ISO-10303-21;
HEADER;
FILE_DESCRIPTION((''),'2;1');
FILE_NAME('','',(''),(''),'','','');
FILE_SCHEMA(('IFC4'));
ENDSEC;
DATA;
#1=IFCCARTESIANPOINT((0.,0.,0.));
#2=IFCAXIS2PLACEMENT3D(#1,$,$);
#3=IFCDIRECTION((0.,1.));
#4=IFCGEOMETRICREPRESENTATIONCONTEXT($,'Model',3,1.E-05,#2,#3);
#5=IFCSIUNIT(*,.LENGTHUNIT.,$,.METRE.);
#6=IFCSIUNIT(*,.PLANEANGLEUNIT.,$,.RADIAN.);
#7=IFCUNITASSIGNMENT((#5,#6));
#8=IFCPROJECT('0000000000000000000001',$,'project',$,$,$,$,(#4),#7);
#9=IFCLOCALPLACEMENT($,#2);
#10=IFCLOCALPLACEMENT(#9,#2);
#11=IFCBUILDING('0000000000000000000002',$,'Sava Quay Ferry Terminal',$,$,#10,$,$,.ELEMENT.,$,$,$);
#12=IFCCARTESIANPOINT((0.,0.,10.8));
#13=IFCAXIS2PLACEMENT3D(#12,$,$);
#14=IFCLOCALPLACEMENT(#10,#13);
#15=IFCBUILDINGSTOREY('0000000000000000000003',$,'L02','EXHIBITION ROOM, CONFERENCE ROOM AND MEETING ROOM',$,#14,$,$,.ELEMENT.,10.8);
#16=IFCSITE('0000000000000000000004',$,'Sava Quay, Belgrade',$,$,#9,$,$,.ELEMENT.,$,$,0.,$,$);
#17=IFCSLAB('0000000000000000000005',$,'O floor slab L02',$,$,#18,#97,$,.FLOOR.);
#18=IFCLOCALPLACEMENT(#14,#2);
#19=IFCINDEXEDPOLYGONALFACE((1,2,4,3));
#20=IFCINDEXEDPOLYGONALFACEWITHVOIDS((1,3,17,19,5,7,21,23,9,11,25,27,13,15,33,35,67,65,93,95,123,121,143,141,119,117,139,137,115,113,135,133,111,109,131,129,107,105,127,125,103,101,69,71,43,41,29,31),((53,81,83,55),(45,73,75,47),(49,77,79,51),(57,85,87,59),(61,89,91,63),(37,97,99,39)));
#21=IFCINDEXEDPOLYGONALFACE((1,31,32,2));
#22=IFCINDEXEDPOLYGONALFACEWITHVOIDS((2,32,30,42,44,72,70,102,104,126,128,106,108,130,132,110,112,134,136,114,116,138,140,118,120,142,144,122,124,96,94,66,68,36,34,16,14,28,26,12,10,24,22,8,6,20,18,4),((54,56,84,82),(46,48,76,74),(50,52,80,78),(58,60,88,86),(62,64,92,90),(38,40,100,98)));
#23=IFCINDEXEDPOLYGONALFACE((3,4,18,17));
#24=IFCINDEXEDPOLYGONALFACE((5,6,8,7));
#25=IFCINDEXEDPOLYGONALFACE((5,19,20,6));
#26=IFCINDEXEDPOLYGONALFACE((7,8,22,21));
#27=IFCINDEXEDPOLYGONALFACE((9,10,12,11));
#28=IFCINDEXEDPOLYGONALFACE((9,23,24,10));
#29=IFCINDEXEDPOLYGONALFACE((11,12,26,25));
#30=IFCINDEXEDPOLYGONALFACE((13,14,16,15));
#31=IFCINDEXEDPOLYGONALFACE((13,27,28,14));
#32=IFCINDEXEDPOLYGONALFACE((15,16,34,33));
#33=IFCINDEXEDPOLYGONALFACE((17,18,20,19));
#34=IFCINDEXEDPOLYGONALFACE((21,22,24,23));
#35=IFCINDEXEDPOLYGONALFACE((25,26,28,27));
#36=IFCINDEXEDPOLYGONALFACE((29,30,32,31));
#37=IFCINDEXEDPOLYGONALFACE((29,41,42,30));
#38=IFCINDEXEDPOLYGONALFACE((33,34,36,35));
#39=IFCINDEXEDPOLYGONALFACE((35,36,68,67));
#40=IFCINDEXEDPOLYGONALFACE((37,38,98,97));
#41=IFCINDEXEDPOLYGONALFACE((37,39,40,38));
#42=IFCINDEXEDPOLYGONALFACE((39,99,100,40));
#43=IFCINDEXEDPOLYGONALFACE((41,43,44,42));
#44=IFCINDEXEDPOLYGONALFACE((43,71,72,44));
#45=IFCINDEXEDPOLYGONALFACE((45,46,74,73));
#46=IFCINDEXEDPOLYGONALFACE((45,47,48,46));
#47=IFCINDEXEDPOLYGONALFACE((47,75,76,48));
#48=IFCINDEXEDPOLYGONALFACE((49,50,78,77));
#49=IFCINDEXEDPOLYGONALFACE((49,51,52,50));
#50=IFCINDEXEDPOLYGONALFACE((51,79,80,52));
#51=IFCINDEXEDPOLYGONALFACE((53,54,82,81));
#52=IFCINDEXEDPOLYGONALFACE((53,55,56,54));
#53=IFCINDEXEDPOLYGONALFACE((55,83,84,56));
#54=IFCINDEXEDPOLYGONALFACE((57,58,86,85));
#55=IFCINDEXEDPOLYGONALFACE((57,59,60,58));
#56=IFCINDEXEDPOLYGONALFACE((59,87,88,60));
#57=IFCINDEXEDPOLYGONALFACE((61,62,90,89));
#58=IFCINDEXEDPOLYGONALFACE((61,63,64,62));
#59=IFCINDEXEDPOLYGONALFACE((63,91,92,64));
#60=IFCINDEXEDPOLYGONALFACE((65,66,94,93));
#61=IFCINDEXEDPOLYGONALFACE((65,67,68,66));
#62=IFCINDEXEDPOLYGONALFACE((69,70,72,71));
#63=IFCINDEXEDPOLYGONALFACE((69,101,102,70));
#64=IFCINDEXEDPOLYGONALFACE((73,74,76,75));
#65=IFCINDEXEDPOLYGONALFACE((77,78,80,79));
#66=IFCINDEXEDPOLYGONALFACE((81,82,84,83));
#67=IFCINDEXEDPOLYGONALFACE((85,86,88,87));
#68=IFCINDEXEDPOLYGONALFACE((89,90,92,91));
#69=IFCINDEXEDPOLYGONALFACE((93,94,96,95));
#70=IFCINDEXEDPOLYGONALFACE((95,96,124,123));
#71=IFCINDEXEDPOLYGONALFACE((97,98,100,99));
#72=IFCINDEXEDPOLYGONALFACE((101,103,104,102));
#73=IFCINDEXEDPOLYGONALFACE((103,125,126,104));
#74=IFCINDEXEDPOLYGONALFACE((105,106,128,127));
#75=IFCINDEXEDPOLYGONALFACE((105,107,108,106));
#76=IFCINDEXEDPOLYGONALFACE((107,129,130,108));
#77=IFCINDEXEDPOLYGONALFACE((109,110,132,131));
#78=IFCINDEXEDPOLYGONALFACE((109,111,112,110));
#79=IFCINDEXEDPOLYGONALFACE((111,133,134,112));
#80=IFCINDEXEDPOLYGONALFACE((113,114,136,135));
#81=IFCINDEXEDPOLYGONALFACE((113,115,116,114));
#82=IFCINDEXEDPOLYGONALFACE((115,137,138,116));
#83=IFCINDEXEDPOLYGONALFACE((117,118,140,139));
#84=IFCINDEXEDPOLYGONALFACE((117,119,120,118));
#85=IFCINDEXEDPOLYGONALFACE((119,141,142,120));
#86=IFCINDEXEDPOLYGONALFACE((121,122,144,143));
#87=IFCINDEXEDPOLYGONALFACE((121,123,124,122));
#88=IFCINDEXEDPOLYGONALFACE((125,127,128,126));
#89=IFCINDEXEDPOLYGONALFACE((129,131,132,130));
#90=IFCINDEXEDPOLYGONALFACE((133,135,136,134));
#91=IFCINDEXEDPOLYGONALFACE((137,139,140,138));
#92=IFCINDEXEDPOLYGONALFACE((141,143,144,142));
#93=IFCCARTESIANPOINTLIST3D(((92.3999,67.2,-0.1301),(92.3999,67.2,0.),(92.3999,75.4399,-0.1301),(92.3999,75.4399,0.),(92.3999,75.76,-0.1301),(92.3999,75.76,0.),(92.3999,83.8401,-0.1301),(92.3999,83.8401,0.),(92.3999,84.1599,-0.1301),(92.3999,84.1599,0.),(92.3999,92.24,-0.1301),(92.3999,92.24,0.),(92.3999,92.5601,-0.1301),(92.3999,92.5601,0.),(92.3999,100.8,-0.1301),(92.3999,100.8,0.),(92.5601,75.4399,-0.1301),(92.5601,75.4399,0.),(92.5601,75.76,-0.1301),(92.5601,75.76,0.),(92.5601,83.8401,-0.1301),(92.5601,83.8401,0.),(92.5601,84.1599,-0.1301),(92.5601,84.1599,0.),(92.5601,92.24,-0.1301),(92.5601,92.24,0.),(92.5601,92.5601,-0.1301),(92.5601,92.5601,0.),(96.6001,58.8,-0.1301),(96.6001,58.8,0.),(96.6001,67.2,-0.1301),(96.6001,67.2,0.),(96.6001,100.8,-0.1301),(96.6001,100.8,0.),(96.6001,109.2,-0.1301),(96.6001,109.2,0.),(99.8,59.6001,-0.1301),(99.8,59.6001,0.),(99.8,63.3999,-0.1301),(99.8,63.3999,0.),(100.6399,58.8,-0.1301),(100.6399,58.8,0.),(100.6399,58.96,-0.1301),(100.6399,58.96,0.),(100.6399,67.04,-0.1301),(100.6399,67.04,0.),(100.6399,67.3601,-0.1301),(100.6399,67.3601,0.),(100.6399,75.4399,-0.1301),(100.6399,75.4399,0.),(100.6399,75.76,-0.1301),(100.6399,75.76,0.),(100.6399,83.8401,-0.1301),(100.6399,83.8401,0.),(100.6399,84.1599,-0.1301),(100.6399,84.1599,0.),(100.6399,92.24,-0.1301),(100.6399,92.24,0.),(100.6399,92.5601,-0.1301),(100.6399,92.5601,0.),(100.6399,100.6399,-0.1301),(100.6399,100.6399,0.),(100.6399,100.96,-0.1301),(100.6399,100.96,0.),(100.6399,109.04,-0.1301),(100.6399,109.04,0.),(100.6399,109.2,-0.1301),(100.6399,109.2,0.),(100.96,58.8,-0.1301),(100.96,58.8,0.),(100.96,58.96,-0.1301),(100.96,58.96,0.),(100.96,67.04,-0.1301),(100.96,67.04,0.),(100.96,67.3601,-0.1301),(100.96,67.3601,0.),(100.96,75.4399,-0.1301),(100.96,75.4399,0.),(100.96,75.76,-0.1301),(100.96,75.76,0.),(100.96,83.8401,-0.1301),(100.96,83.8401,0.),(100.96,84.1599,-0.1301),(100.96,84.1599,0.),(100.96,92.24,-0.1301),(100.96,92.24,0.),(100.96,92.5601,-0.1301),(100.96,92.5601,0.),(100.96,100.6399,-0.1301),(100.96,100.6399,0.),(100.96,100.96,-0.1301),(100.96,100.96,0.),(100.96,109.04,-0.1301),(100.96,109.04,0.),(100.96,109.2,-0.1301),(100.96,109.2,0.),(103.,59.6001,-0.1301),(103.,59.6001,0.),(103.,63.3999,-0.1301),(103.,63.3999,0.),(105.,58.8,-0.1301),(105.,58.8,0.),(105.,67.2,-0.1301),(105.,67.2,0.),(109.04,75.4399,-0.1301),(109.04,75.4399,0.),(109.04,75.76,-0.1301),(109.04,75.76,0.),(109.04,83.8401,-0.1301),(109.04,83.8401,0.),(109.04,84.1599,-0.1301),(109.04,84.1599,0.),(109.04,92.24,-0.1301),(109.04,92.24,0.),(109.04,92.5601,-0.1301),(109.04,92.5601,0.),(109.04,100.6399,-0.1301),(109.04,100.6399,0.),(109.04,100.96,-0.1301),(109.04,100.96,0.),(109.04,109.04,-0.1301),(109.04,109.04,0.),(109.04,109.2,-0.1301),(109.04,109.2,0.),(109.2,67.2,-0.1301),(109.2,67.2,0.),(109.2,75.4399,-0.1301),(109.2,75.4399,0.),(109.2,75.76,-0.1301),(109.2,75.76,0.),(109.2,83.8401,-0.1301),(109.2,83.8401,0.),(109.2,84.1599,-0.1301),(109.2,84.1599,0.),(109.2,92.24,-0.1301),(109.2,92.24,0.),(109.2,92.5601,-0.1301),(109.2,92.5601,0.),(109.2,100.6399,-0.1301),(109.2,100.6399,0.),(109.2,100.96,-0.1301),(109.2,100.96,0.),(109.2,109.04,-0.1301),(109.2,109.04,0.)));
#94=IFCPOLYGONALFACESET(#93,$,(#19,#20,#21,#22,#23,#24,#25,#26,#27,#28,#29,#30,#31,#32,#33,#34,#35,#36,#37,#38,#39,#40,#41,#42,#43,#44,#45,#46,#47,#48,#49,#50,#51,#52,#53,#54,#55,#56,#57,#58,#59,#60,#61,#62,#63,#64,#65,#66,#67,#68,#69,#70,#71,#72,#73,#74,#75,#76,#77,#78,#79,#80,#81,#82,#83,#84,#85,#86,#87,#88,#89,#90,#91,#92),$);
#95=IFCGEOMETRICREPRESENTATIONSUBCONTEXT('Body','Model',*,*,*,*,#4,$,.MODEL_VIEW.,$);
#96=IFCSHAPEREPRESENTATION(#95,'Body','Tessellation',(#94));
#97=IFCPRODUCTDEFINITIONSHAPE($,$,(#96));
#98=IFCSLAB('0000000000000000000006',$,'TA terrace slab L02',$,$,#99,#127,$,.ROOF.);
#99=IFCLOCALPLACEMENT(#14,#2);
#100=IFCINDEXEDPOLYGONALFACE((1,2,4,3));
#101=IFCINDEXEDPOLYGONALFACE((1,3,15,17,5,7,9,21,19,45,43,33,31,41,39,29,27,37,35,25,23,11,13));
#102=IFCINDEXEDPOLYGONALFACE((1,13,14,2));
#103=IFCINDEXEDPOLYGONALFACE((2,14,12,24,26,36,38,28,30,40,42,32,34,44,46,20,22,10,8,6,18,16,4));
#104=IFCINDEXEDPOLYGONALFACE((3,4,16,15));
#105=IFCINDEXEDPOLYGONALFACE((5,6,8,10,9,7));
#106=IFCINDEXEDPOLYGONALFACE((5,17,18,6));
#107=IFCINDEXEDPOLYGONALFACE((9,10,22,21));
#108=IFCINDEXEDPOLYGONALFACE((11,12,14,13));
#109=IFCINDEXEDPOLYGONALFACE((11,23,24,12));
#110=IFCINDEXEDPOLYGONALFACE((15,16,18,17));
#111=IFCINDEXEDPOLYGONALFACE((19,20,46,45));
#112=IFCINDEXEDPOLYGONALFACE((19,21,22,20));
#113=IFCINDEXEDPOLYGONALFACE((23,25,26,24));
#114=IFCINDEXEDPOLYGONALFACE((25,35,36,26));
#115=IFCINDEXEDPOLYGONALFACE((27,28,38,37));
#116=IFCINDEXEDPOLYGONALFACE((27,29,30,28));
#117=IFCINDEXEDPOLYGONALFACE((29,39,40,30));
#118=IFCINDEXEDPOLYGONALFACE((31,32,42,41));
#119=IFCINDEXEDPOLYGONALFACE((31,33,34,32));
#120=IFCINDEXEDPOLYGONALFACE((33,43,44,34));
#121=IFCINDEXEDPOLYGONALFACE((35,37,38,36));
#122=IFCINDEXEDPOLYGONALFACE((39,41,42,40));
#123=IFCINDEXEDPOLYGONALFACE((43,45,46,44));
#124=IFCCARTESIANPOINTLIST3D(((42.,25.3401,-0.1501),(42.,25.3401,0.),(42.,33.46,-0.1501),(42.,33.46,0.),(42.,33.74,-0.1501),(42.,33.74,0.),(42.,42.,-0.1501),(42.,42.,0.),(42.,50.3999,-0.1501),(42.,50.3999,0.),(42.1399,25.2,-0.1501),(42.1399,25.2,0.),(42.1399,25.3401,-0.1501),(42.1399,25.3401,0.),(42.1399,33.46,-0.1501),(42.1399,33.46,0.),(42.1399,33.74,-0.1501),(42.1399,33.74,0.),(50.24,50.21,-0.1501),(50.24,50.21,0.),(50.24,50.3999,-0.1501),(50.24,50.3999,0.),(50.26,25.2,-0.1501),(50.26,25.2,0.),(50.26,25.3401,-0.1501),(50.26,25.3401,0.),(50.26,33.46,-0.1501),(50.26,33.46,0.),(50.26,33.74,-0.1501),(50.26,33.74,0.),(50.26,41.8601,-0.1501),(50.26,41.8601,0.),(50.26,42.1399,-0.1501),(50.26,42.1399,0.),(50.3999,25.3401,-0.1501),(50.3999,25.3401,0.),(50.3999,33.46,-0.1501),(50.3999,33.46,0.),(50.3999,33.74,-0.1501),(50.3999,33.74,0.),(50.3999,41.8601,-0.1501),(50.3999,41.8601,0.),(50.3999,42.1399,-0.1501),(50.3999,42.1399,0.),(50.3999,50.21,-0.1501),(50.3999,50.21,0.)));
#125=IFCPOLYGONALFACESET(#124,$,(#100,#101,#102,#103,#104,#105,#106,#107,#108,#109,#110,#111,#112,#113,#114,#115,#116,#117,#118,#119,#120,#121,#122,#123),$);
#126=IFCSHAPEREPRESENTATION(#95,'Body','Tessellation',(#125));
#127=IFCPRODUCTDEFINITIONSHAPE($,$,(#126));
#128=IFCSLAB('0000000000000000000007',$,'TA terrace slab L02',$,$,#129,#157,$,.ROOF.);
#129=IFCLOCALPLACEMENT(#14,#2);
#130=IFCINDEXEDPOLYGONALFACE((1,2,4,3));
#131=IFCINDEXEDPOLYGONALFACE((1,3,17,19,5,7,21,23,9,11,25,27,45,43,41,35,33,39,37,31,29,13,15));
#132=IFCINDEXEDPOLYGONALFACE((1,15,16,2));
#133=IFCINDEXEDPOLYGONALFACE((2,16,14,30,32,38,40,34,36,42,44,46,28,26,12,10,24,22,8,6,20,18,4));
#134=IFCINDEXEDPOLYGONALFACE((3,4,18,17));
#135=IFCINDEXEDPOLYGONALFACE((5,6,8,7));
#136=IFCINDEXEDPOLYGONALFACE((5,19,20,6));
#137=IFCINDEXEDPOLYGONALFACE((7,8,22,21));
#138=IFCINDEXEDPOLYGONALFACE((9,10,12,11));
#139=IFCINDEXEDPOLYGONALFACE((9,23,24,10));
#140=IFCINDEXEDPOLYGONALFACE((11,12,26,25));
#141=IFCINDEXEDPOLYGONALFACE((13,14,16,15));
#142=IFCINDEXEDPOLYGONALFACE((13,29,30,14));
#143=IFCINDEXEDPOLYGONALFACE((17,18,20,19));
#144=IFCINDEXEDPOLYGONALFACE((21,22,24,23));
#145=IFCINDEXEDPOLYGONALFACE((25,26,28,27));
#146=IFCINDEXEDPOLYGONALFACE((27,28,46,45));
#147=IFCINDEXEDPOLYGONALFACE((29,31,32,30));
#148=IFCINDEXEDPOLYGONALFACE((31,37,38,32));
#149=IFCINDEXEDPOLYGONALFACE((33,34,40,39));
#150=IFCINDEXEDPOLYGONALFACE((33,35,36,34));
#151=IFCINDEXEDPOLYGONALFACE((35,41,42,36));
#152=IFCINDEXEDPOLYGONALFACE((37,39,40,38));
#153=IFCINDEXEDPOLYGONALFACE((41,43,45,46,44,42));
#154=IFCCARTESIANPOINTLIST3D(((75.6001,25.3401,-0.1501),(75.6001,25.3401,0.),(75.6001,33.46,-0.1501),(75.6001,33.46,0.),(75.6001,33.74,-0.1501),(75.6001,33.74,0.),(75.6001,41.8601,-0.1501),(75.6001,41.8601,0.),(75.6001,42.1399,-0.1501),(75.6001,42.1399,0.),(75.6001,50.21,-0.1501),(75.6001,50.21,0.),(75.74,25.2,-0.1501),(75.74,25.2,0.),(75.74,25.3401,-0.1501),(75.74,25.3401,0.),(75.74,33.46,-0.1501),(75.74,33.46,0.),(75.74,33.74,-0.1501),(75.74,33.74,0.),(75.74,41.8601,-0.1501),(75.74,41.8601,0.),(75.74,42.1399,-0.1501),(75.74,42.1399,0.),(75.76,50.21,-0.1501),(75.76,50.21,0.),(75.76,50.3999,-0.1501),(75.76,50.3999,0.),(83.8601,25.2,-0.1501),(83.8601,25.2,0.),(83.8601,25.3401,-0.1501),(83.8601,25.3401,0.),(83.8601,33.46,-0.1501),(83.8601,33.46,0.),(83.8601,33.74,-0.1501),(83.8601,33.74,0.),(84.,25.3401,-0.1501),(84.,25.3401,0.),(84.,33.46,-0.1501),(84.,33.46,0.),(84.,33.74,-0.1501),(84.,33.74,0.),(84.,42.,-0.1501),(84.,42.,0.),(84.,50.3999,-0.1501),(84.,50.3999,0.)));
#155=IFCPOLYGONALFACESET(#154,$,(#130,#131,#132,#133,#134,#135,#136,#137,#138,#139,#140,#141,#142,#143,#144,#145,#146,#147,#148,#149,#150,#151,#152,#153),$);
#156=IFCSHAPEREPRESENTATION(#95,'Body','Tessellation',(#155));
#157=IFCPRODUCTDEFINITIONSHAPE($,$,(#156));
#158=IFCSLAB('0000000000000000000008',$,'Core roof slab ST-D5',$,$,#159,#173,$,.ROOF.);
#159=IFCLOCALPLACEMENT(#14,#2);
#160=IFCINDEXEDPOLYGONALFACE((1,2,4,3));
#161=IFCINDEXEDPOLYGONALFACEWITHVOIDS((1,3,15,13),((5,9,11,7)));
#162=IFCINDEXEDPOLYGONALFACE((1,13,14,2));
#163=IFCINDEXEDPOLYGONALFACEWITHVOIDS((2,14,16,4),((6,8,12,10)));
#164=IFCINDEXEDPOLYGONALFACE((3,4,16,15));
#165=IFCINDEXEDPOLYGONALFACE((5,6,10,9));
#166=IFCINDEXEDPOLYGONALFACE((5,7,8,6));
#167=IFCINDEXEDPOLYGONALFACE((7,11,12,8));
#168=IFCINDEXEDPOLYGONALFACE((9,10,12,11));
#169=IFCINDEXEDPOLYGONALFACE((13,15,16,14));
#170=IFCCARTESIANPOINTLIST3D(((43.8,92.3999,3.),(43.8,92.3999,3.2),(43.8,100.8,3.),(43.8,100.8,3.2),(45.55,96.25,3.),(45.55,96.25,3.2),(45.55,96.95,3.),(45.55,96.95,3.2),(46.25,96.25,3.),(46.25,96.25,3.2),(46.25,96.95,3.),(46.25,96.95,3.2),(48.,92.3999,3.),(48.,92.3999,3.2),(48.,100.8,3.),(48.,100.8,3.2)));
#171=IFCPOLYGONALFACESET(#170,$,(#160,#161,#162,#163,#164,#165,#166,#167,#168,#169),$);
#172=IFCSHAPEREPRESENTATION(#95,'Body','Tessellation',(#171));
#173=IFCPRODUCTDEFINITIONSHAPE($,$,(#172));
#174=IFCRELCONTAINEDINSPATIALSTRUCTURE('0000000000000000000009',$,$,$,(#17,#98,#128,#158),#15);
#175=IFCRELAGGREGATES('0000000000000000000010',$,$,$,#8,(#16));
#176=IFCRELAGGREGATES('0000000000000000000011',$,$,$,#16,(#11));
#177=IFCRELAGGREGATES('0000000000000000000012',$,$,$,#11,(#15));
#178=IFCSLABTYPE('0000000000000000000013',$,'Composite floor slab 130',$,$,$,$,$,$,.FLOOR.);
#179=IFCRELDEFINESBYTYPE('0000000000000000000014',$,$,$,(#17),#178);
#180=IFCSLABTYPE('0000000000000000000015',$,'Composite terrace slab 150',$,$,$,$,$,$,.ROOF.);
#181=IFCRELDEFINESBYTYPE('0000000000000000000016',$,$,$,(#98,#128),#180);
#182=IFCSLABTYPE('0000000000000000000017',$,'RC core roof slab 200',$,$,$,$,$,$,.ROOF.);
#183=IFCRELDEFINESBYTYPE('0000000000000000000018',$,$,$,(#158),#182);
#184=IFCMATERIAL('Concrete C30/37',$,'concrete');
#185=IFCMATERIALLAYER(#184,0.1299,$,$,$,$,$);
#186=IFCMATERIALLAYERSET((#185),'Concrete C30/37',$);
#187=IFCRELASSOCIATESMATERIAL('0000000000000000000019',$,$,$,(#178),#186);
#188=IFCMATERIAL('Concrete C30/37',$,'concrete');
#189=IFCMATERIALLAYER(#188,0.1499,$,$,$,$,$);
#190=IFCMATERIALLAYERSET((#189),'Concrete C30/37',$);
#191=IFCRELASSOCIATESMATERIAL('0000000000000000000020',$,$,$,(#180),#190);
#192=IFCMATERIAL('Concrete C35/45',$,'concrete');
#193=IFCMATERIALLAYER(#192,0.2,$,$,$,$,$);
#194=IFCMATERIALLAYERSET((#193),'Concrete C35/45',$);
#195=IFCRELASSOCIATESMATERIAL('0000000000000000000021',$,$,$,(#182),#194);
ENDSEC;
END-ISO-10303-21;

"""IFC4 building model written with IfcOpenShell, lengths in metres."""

from ifc_helpers import new_model, si_unit, direction, frame, origin, place, context, subcontext, project, spatial, polyline, outline, extrude, material, layer, layer_set, type_object, element, save


model = new_model("IFC4")

# Units and contexts
model_context = context("Model", 3, precision=1e-05, world=origin(), true_north=direction((0.0, 1.0)))
body_context = subcontext(model_context, "Body", "Model", "MODEL_VIEW")
ifc_project = project(units=[si_unit("LENGTHUNIT", "METRE"), si_unit("PLANEANGLEUNIT", "RADIAN")], contexts=[model_context])

# Site, building, storey
site_placement = place(None, origin())
site = spatial("IfcSite", under=ifc_project, at=site_placement, Name="Sava Quay, Belgrade", CompositionType="ELEMENT", RefElevation=0.0)
building_placement = place(site_placement, origin())
building = spatial("IfcBuilding", under=site, at=building_placement, Name="Sava Quay Ferry Terminal", CompositionType="ELEMENT")
storey_placement = place(building_placement, frame((0.0, 0.0, 10.8)))
storey = spatial("IfcBuildingStorey", under=building, at=storey_placement, Name="L02", Description="EXHIBITION ROOM, CONFERENCE ROOM AND MEETING ROOM", CompositionType="ELEMENT", Elevation=10.8)

# Slabs
ifc_material_1 = material(Name="Concrete C30/37", Category="concrete")
ifc_layer_1 = layer(ifc_material_1, 0.1299)
ifc_layer_set_1 = layer_set([ifc_layer_1], Name="Concrete C30/37")
slab_type_1 = type_object("IfcSlabType", Name="Composite floor slab 130", PredefinedType="FLOOR", material=ifc_layer_set_1)
slab_1_placement = place(storey_placement, frame((0.0, 0.0, -0.1301)))
element("IfcSlab", 1, at=slab_1_placement, inside=storey, type_object=slab_type_1, Name="O floor slab L02", PredefinedType="FLOOR", context=body_context, shape_type="SweptSolid", body=[
    extrude(outline(polyline([(105.0, 67.2), (105.0, 58.8), (100.96, 58.8), (100.96, 58.96), (100.6399, 58.96), (100.6399, 58.8), (96.6001, 58.8), (96.6001, 67.2), (92.3999, 67.2), (92.3999, 75.4399), (92.5601, 75.4399), (92.5601, 75.76), (92.3999, 75.76), (92.3999, 83.8401), (92.5601, 83.8401), (92.5601, 84.1599), (92.3999, 84.1599), (92.3999, 92.24), (92.5601, 92.24), (92.5601, 92.5601), (92.3999, 92.5601), (92.3999, 100.8), (96.6001, 100.8), (96.6001, 109.2), (100.6399, 109.2), (100.6399, 109.04), (100.96, 109.04), (100.96, 109.2), (109.04, 109.2), (109.04, 109.04), (109.2, 109.04), (109.2, 100.96), (109.04, 100.96), (109.04, 100.6399), (109.2, 100.6399), (109.2, 92.5601), (109.04, 92.5601), (109.04, 92.24), (109.2, 92.24), (109.2, 84.1599), (109.04, 84.1599), (109.04, 83.8401), (109.2, 83.8401), (109.2, 75.76), (109.04, 75.76), (109.04, 75.4399), (109.2, 75.4399), (109.2, 67.2), (105.0, 67.2)]), holes=[polyline([(100.6399, 67.04), (100.96, 67.04), (100.96, 67.3601), (100.6399, 67.3601), (100.6399, 67.04)]), polyline([(100.6399, 75.4399), (100.96, 75.4399), (100.96, 75.76), (100.6399, 75.76), (100.6399, 75.4399)]), polyline([(100.6399, 83.8401), (100.96, 83.8401), (100.96, 84.1599), (100.6399, 84.1599), (100.6399, 83.8401)]), polyline([(100.6399, 92.24), (100.96, 92.24), (100.96, 92.5601), (100.6399, 92.5601), (100.6399, 92.24)]), polyline([(100.96, 100.6399), (100.96, 100.96), (100.6399, 100.96), (100.6399, 100.6399), (100.96, 100.6399)]), polyline([(99.8, 59.6001), (103.0, 59.6001), (103.0, 63.3999), (99.8, 63.3999), (99.8, 59.6001)])]), origin(), (0.0, 0.0, 1.0), 0.1301),
])
ifc_material_2 = material(Name="Concrete C30/37", Category="concrete")
ifc_layer_2 = layer(ifc_material_2, 0.1499)
ifc_layer_set_2 = layer_set([ifc_layer_2], Name="Concrete C30/37")
slab_type_2 = type_object("IfcSlabType", Name="Composite terrace slab 150", PredefinedType="ROOF", material=ifc_layer_set_2)
slab_2_placement = place(storey_placement, frame((0.0, 0.0, -0.1501)))
element("IfcSlab", 2, at=slab_2_placement, inside=storey, type_object=slab_type_2, Name="TA terrace slab L02", PredefinedType="ROOF", context=body_context, shape_type="SweptSolid", body=[
    extrude(outline(polyline([(50.3999, 25.3401), (50.26, 25.3401), (50.26, 25.2), (42.1399, 25.2), (42.1399, 25.3401), (42.0, 25.3401), (42.0, 33.46), (42.1399, 33.46), (42.1399, 33.74), (42.0, 33.74), (42.0, 42.0), (42.0, 50.3999), (50.24, 50.3999), (50.24, 50.21), (50.3999, 50.21), (50.3999, 42.1399), (50.26, 42.1399), (50.26, 41.8601), (50.3999, 41.8601), (50.3999, 33.74), (50.26, 33.74), (50.26, 33.46), (50.3999, 33.46), (50.3999, 25.3401)])), origin(), (0.0, 0.0, 1.0), 0.1501),
])
slab_3_placement = place(storey_placement, frame((0.0, 0.0, -0.1501)))
element("IfcSlab", 3, at=slab_3_placement, inside=storey, type_object=slab_type_2, Name="TA terrace slab L02", PredefinedType="ROOF", context=body_context, shape_type="SweptSolid", body=[
    extrude(outline(polyline([(84.0, 25.3401), (83.8601, 25.3401), (83.8601, 25.2), (75.74, 25.2), (75.74, 25.3401), (75.6001, 25.3401), (75.6001, 33.46), (75.74, 33.46), (75.74, 33.74), (75.6001, 33.74), (75.6001, 41.8601), (75.74, 41.8601), (75.74, 42.1399), (75.6001, 42.1399), (75.6001, 50.21), (75.76, 50.21), (75.76, 50.3999), (84.0, 50.3999), (84.0, 42.0), (84.0, 33.74), (83.8601, 33.74), (83.8601, 33.46), (84.0, 33.46), (84.0, 25.3401)])), origin(), (0.0, 0.0, 1.0), 0.1501),
])
ifc_material_3 = material(Name="Concrete C35/45", Category="concrete")
ifc_layer_3 = layer(ifc_material_3, 0.2)
ifc_layer_set_3 = layer_set([ifc_layer_3], Name="Concrete C35/45")
slab_type_3 = type_object("IfcSlabType", Name="RC core roof slab 200", PredefinedType="ROOF", material=ifc_layer_set_3)
slab_4_placement = place(storey_placement, frame((0.0, 0.0, 3.0)))
element("IfcSlab", 4, at=slab_4_placement, inside=storey, type_object=slab_type_3, Name="Core roof slab ST-D5", PredefinedType="ROOF", context=body_context, shape_type="SweptSolid", body=[
    extrude(outline(polyline([(43.8, 92.3999), (48.0, 92.3999), (48.0, 100.8), (43.8, 100.8), (43.8, 92.3999)]), holes=[polyline([(45.55, 96.25), (46.25, 96.25), (46.25, 96.95), (45.55, 96.95), (45.55, 96.25)])]), origin(), (0.0, 0.0, 1.0), 0.2),
])

save(model, "model.ifc")
